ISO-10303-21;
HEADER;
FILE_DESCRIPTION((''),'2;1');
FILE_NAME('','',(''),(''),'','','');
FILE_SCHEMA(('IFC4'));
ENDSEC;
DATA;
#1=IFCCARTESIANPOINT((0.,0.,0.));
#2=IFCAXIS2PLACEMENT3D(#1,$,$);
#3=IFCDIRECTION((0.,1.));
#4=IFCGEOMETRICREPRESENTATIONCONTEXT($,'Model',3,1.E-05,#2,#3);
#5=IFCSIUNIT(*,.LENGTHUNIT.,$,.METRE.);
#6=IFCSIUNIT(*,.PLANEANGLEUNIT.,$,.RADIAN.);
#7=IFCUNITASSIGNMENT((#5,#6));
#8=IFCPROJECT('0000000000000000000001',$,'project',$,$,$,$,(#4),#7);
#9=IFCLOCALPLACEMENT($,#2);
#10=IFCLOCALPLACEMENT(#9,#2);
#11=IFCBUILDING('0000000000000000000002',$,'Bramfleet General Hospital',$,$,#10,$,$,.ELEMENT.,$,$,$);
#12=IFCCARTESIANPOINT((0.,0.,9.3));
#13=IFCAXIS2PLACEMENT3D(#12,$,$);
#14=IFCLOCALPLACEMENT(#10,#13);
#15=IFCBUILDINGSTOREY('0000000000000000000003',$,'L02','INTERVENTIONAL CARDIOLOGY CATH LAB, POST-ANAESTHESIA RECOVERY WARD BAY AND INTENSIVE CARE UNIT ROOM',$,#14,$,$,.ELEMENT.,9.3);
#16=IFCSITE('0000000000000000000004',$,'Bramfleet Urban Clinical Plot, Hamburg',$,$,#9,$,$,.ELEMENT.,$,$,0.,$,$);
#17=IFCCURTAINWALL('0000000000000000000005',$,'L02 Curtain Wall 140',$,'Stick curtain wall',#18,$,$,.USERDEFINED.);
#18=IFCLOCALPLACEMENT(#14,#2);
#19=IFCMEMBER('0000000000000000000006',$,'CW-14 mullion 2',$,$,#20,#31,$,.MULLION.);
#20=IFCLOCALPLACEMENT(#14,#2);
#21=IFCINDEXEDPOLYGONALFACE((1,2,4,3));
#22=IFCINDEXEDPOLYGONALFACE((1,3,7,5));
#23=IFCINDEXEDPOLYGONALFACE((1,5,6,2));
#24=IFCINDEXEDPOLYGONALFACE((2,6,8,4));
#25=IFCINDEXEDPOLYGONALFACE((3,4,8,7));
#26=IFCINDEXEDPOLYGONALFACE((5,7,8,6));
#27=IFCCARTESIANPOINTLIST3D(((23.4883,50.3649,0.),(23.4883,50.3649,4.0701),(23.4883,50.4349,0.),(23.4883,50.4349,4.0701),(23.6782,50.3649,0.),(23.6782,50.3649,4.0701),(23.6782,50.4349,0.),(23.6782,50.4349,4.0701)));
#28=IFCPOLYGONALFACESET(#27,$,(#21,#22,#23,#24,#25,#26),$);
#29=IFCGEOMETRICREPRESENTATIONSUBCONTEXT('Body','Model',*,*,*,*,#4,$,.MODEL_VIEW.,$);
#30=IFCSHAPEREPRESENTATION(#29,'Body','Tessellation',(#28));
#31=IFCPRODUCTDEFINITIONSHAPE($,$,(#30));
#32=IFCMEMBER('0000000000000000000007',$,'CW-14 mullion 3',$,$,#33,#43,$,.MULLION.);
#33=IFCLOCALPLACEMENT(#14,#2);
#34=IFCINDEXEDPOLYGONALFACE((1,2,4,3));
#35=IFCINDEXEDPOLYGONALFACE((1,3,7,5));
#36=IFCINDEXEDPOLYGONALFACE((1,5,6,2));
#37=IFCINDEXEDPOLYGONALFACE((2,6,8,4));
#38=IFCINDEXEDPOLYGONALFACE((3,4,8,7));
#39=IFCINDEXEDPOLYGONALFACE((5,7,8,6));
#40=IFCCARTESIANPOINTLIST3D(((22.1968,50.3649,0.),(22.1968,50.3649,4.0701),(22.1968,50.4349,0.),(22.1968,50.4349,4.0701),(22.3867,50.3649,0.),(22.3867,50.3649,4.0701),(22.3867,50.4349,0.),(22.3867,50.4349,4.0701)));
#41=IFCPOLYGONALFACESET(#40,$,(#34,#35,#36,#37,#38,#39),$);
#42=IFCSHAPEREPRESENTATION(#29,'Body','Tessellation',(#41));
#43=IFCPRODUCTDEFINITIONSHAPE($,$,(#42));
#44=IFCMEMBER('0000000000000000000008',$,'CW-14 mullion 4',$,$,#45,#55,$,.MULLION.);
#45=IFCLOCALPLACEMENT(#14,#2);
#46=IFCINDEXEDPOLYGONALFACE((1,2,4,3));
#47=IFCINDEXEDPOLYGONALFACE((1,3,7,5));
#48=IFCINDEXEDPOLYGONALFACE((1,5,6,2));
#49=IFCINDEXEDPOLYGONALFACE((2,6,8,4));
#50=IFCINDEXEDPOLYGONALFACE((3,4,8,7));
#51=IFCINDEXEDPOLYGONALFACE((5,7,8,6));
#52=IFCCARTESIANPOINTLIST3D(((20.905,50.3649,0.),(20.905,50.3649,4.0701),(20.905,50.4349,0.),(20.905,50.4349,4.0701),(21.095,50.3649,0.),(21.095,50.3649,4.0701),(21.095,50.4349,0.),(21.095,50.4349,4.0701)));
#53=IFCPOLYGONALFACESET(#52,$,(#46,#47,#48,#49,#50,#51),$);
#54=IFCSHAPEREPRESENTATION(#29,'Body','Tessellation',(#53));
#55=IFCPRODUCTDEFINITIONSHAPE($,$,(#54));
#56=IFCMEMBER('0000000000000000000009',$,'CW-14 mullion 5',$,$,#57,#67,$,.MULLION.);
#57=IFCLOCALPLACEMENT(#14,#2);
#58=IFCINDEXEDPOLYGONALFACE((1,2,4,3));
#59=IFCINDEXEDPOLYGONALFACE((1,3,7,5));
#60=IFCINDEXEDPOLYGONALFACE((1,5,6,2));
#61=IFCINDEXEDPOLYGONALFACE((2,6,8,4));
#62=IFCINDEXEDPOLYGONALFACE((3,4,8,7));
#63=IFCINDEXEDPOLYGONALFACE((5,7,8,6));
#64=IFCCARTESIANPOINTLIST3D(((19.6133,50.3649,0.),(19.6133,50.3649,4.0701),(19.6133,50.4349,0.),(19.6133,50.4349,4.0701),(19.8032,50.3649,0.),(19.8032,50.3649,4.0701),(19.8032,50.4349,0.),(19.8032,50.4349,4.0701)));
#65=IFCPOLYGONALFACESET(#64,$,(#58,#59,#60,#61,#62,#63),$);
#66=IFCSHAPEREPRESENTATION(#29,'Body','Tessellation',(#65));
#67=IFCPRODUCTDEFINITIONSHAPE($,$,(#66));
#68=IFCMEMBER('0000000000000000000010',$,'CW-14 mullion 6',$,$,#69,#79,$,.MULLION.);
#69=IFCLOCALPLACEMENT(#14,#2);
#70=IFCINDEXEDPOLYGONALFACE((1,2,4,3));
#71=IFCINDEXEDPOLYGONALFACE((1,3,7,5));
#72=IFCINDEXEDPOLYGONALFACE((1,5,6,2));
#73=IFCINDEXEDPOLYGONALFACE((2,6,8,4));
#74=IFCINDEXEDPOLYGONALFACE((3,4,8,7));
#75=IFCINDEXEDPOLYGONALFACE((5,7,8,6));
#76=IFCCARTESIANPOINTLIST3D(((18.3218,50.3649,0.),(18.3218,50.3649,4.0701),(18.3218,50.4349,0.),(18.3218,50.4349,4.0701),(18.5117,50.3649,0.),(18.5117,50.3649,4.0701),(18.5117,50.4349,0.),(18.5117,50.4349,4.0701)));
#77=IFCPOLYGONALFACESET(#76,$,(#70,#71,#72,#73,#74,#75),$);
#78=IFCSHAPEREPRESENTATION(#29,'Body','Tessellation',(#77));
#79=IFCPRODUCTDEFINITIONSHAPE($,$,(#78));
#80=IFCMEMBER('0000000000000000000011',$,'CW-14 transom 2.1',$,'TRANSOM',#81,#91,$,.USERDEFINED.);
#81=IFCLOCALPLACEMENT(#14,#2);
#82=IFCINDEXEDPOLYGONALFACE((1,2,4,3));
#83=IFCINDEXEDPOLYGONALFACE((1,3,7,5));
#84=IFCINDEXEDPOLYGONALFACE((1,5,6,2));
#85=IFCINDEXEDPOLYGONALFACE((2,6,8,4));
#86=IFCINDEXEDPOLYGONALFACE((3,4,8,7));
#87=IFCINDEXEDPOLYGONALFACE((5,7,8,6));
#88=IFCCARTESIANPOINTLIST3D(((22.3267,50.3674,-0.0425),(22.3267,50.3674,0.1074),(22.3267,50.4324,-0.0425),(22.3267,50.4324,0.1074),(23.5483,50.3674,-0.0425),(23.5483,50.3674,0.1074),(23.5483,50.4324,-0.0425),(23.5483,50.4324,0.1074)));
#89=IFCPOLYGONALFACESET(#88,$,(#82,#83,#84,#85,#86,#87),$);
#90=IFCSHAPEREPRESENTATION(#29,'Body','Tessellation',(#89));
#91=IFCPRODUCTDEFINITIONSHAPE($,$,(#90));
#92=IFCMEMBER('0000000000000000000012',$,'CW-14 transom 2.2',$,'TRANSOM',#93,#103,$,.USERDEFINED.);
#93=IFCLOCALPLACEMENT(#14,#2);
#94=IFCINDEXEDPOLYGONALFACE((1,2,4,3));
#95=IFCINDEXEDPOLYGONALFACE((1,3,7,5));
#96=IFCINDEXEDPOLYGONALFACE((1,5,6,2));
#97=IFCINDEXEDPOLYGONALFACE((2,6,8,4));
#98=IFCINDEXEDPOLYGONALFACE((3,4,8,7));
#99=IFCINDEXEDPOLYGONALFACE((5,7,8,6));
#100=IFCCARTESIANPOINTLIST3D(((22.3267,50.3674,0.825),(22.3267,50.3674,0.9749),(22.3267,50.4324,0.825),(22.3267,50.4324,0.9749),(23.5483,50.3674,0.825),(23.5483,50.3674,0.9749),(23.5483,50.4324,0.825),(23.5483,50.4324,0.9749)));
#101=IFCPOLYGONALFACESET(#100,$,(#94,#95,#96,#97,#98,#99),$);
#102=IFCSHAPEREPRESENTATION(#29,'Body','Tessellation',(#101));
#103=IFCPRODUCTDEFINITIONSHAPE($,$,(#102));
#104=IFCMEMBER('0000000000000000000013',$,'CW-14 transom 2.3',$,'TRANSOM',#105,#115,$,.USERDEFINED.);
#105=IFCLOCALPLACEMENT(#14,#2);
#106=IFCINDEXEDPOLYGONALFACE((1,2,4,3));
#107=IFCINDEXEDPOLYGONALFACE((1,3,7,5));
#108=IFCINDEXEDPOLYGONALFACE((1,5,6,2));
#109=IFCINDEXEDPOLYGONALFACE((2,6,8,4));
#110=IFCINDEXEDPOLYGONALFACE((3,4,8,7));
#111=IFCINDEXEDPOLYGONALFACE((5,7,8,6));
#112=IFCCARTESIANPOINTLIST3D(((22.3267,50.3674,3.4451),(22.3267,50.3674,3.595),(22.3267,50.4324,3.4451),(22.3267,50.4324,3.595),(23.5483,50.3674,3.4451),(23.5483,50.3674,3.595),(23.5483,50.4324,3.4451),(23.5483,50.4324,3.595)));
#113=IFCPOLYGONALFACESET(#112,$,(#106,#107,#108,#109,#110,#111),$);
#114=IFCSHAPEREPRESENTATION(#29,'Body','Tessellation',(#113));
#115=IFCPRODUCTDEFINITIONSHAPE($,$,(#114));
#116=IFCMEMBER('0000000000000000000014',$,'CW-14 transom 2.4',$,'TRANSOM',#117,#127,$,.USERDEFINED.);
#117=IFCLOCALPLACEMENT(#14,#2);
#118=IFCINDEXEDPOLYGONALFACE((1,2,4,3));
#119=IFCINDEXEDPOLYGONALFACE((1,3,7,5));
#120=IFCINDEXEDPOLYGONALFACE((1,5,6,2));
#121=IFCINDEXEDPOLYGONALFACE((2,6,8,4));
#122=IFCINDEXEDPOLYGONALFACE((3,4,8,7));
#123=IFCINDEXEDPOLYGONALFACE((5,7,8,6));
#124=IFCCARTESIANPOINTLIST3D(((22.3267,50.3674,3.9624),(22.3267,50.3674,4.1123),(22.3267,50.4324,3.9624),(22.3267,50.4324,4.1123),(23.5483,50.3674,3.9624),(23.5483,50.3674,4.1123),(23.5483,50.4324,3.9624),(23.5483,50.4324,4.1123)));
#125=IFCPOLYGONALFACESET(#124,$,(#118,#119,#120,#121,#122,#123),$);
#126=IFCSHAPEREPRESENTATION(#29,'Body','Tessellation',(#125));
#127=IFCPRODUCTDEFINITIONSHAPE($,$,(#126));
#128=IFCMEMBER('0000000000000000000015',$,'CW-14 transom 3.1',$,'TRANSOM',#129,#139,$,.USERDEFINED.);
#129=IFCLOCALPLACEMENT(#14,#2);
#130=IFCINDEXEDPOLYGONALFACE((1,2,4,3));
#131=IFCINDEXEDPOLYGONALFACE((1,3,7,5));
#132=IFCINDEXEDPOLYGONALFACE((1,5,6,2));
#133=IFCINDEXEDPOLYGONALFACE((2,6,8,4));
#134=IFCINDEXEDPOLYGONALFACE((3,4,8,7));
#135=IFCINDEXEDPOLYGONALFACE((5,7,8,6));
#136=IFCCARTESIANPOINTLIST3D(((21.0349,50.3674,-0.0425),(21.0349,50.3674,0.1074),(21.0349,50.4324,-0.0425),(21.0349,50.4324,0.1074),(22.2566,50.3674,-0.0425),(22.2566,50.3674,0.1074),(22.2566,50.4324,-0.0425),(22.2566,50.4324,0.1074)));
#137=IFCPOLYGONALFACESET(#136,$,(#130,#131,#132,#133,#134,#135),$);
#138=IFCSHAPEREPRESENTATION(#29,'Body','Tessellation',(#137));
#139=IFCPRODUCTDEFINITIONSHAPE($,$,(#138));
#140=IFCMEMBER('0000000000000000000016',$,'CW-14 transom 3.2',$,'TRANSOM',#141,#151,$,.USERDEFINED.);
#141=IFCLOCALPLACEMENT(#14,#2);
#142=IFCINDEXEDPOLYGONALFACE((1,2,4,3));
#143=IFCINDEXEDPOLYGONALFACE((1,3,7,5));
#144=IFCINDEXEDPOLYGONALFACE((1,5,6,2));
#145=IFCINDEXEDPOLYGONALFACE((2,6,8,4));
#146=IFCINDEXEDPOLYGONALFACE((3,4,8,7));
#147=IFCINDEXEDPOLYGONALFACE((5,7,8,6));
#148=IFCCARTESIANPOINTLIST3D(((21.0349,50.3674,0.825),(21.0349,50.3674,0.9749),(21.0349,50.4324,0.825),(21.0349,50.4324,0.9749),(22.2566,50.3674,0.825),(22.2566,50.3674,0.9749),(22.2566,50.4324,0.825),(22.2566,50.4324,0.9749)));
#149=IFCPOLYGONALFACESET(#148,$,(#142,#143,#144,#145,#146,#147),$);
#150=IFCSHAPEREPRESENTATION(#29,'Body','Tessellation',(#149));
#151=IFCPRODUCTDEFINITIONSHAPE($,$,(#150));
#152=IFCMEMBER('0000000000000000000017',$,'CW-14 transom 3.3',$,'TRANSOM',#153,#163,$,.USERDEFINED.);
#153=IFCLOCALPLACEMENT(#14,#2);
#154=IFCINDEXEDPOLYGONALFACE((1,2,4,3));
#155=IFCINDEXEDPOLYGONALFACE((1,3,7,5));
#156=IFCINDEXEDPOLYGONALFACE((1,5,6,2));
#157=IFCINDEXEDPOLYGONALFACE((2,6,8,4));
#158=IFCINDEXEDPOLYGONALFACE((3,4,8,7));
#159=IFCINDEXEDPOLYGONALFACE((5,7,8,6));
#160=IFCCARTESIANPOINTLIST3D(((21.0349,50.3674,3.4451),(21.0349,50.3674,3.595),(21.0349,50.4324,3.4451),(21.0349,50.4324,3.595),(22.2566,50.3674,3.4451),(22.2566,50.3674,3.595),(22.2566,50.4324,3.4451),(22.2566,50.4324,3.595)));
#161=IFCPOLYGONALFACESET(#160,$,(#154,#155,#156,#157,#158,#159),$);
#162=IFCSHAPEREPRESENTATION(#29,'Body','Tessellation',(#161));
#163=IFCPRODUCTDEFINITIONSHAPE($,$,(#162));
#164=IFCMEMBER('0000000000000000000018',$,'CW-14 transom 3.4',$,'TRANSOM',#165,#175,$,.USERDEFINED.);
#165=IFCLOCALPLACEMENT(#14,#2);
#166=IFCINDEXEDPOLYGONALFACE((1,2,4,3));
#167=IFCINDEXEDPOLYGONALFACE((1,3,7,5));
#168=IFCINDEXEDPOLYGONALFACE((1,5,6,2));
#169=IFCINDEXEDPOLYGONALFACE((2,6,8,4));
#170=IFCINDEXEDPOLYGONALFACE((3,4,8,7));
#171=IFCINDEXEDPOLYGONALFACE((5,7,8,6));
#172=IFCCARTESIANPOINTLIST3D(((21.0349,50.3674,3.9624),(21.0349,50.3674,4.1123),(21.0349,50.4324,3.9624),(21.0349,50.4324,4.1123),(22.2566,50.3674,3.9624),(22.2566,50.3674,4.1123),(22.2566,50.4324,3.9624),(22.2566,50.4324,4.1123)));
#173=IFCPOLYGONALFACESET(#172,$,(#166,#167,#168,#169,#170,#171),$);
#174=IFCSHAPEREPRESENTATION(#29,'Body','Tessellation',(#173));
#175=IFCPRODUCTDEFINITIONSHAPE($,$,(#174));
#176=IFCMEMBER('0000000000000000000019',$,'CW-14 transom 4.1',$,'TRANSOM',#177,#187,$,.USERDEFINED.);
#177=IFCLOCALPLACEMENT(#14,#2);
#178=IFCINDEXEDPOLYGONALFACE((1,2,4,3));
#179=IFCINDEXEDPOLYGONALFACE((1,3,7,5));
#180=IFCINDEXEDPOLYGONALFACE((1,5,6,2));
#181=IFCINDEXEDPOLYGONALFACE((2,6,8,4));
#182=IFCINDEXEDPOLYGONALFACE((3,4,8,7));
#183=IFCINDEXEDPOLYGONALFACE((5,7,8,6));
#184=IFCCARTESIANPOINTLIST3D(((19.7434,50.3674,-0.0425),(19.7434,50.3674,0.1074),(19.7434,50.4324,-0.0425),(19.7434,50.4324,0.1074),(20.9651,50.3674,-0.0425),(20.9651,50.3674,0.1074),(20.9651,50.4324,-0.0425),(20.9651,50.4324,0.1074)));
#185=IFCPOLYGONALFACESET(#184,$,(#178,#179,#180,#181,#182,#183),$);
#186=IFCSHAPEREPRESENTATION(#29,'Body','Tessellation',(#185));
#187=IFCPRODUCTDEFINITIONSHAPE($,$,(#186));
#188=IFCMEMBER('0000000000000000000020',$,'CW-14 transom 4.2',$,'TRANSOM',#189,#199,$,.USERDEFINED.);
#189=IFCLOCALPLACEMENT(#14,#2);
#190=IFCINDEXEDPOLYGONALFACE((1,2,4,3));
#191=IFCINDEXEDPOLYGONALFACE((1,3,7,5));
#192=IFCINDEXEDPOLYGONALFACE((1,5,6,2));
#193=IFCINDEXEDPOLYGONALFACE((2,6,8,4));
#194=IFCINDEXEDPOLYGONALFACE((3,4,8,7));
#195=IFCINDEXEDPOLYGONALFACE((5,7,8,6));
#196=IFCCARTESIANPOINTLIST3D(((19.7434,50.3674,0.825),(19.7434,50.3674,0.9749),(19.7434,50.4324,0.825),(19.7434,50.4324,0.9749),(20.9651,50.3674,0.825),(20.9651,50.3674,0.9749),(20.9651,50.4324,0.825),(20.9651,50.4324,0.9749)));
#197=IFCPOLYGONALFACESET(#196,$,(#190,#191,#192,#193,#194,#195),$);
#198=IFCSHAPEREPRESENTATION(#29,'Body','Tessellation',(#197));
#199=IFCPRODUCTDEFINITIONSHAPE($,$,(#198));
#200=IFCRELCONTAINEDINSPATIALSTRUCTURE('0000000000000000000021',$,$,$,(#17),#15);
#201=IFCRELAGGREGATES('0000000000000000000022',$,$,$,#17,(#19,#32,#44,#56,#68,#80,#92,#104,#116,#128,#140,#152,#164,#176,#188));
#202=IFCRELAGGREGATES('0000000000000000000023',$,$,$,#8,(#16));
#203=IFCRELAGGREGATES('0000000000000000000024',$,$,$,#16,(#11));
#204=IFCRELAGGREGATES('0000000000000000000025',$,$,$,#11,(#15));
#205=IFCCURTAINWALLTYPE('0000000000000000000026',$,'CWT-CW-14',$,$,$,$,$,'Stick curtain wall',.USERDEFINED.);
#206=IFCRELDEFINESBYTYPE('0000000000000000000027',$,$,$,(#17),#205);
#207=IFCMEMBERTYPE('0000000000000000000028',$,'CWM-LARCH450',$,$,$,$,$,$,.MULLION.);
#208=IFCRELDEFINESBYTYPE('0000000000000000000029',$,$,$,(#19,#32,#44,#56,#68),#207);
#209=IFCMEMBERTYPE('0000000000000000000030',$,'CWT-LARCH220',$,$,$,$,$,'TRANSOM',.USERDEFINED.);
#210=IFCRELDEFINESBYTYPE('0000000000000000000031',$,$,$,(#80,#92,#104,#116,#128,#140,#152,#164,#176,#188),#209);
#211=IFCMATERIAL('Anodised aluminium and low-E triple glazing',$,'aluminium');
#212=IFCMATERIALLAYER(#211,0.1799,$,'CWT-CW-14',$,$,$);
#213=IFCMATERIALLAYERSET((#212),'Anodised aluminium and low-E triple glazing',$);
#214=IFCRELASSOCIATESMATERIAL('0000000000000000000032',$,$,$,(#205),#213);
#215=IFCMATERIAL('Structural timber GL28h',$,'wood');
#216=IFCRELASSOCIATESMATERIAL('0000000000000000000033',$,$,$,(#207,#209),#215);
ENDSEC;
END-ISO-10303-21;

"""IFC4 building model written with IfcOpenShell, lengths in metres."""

from ifc_helpers import new_model, si_unit, direction, frame, origin, origin_2d, place, context, subcontext, project, spatial, rectangle, extrude, material, layer, layer_set, material_profile, profile_set, type_object, element, aggregate, save


model = new_model("IFC4")

# Units and contexts
model_context = context("Model", 3, precision=1e-05, world=origin(), true_north=direction((0.0, 1.0)))
body_context = subcontext(model_context, "Body", "Model", "MODEL_VIEW")
ifc_project = project(units=[si_unit("LENGTHUNIT", "METRE"), si_unit("PLANEANGLEUNIT", "RADIAN")], contexts=[model_context])

# Site, building, storey
site_placement = place(None, origin())
site = spatial("IfcSite", under=ifc_project, at=site_placement, Name="Bramfleet Urban Clinical Plot, Hamburg", CompositionType="ELEMENT", RefElevation=0.0)
building_placement = place(site_placement, origin())
building = spatial("IfcBuilding", under=site, at=building_placement, Name="Bramfleet General Hospital", CompositionType="ELEMENT")
storey_placement = place(building_placement, frame((0.0, 0.0, 9.3)))
storey = spatial("IfcBuildingStorey", under=building, at=storey_placement, Name="L02", Description="INTERVENTIONAL CARDIOLOGY CATH LAB, POST-ANAESTHESIA RECOVERY WARD BAY AND INTENSIVE CARE UNIT ROOM", CompositionType="ELEMENT", Elevation=9.3)

# Curtain wall, members
ifc_material_1 = material(Name="Anodised aluminium and low-E triple glazing", Category="aluminium")
ifc_layer_1 = layer(ifc_material_1, 0.1799, Name="CWT-CW-14")
ifc_layer_set_1 = layer_set([ifc_layer_1], Name="Anodised aluminium and low-E triple glazing")
curtain_wall_type = type_object("IfcCurtainWallType", Name="CWT-CW-14", ElementType="Stick curtain wall", PredefinedType="USERDEFINED", material=ifc_layer_set_1)
curtain_wall_placement = place(storey_placement, origin())
curtain_wall = element("IfcCurtainWall", 1, at=curtain_wall_placement, inside=storey, type_object=curtain_wall_type, Name="L02 Curtain Wall 140", ObjectType="Stick curtain wall", PredefinedType="USERDEFINED")
ifc_material_2 = material(Name="Structural timber GL28h", Category="wood")
ifc_material_profile_1 = material_profile(ifc_material_2, rectangle(XDim=0.0701, YDim=0.1899, at=origin_2d()), Name="LARCH 190x70")
ifc_profile_set_1 = profile_set([ifc_material_profile_1], Name="Structural timber GL28h")
member_type_1 = type_object("IfcMemberType", Name="CWM-LARCH450", PredefinedType="MULLION", material=ifc_profile_set_1)
member_1_placement = place(storey_placement, frame((23.5833, 50.3999, 0.0), z_axis=(0.0, 0.0, 1.0), x_axis=(0.0, -1.0, 0.0)))
member_1 = element("IfcMember", 2, at=member_1_placement, type_object=member_type_1, Name="CW-14 mullion 2", PredefinedType="MULLION", context=body_context, shape_type="SweptSolid", body=[
    extrude(rectangle(XDim=0.0701, YDim=0.1899, at=origin_2d()), origin(), (0.0, 0.0, 1.0), 4.0701),
])
member_2_placement = place(storey_placement, frame((22.2917, 50.3999, 0.0), z_axis=(0.0, 0.0, 1.0), x_axis=(0.0, -1.0, 0.0)))
member_2 = element("IfcMember", 3, at=member_2_placement, type_object=member_type_1, Name="CW-14 mullion 3", PredefinedType="MULLION", context=body_context, shape_type="SweptSolid", body=[
    extrude(rectangle(XDim=0.0701, YDim=0.1899, at=origin_2d()), origin(), (0.0, 0.0, 1.0), 4.0701),
])
member_3_placement = place(storey_placement, frame((21.0, 50.3999, 0.0), z_axis=(0.0, 0.0, 1.0), x_axis=(0.0, -1.0, 0.0)))
member_3 = element("IfcMember", 4, at=member_3_placement, type_object=member_type_1, Name="CW-14 mullion 4", PredefinedType="MULLION", context=body_context, shape_type="SweptSolid", body=[
    extrude(rectangle(XDim=0.0701, YDim=0.1899, at=origin_2d()), origin(), (0.0, 0.0, 1.0), 4.0701),
])
member_4_placement = place(storey_placement, frame((19.7083, 50.3999, 0.0), z_axis=(0.0, 0.0, 1.0), x_axis=(0.0, -1.0, 0.0)))
member_4 = element("IfcMember", 5, at=member_4_placement, type_object=member_type_1, Name="CW-14 mullion 5", PredefinedType="MULLION", context=body_context, shape_type="SweptSolid", body=[
    extrude(rectangle(XDim=0.0701, YDim=0.1899, at=origin_2d()), origin(), (0.0, 0.0, 1.0), 4.0701),
])
member_5_placement = place(storey_placement, frame((18.4167, 50.3999, 0.0), z_axis=(0.0, 0.0, 1.0), x_axis=(0.0, -1.0, 0.0)))
member_5 = element("IfcMember", 6, at=member_5_placement, type_object=member_type_1, Name="CW-14 mullion 6", PredefinedType="MULLION", context=body_context, shape_type="SweptSolid", body=[
    extrude(rectangle(XDim=0.0701, YDim=0.1899, at=origin_2d()), origin(), (0.0, 0.0, 1.0), 4.0701),
])
ifc_material_profile_2 = material_profile(ifc_material_2, rectangle(XDim=0.0649, YDim=0.1499, at=origin_2d()), Name="LARCH 150x65")
ifc_profile_set_2 = profile_set([ifc_material_profile_2], Name="Structural timber GL28h")
member_type_2 = type_object("IfcMemberType", Name="CWT-LARCH220", ElementType="TRANSOM", PredefinedType="USERDEFINED", material=ifc_profile_set_2)
member_6_placement = place(storey_placement, frame((23.5483, 50.3999, 0.0325), z_axis=(-1.0, 0.0, 0.0), x_axis=(0.0, -1.0, 0.0)))
member_6 = element("IfcMember", 7, at=member_6_placement, type_object=member_type_2, Name="CW-14 transom 2.1", ObjectType="TRANSOM", PredefinedType="USERDEFINED", context=body_context, shape_type="SweptSolid", body=[
    extrude(rectangle(XDim=0.0649, YDim=0.1499, at=origin_2d()), origin(), (0.0, 0.0, 1.0), 1.2217),
])
member_7_placement = place(storey_placement, frame((23.5483, 50.3999, 0.8999), z_axis=(-1.0, 0.0, 0.0), x_axis=(0.0, -1.0, 0.0)))
member_7 = element("IfcMember", 8, at=member_7_placement, type_object=member_type_2, Name="CW-14 transom 2.2", ObjectType="TRANSOM", PredefinedType="USERDEFINED", context=body_context, shape_type="SweptSolid", body=[
    extrude(rectangle(XDim=0.0649, YDim=0.1499, at=origin_2d()), origin(), (0.0, 0.0, 1.0), 1.2217),
])
member_8_placement = place(storey_placement, frame((23.5483, 50.3999, 3.52), z_axis=(-1.0, 0.0, 0.0), x_axis=(0.0, -1.0, 0.0)))
member_8 = element("IfcMember", 9, at=member_8_placement, type_object=member_type_2, Name="CW-14 transom 2.3", ObjectType="TRANSOM", PredefinedType="USERDEFINED", context=body_context, shape_type="SweptSolid", body=[
    extrude(rectangle(XDim=0.0649, YDim=0.1499, at=origin_2d()), origin(), (0.0, 0.0, 1.0), 1.2217),
])
member_9_placement = place(storey_placement, frame((23.5483, 50.3999, 4.0374), z_axis=(-1.0, 0.0, 0.0), x_axis=(0.0, -1.0, 0.0)))
member_9 = element("IfcMember", 10, at=member_9_placement, type_object=member_type_2, Name="CW-14 transom 2.4", ObjectType="TRANSOM", PredefinedType="USERDEFINED", context=body_context, shape_type="SweptSolid", body=[
    extrude(rectangle(XDim=0.0649, YDim=0.1499, at=origin_2d()), origin(), (0.0, 0.0, 1.0), 1.2217),
])
member_10_placement = place(storey_placement, frame((22.2566, 50.3999, 0.0325), z_axis=(-1.0, 0.0, 0.0), x_axis=(0.0, -1.0, 0.0)))
member_10 = element("IfcMember", 11, at=member_10_placement, type_object=member_type_2, Name="CW-14 transom 3.1", ObjectType="TRANSOM", PredefinedType="USERDEFINED", context=body_context, shape_type="SweptSolid", body=[
    extrude(rectangle(XDim=0.0649, YDim=0.1499, at=origin_2d()), origin(), (0.0, 0.0, 1.0), 1.2217),
])
member_11_placement = place(storey_placement, frame((22.2566, 50.3999, 0.8999), z_axis=(-1.0, 0.0, 0.0), x_axis=(0.0, -1.0, 0.0)))
member_11 = element("IfcMember", 12, at=member_11_placement, type_object=member_type_2, Name="CW-14 transom 3.2", ObjectType="TRANSOM", PredefinedType="USERDEFINED", context=body_context, shape_type="SweptSolid", body=[
    extrude(rectangle(XDim=0.0649, YDim=0.1499, at=origin_2d()), origin(), (0.0, 0.0, 1.0), 1.2217),
])
member_12_placement = place(storey_placement, frame((22.2566, 50.3999, 3.52), z_axis=(-1.0, 0.0, 0.0), x_axis=(0.0, -1.0, 0.0)))
member_12 = element("IfcMember", 13, at=member_12_placement, type_object=member_type_2, Name="CW-14 transom 3.3", ObjectType="TRANSOM", PredefinedType="USERDEFINED", context=body_context, shape_type="SweptSolid", body=[
    extrude(rectangle(XDim=0.0649, YDim=0.1499, at=origin_2d()), origin(), (0.0, 0.0, 1.0), 1.2217),
])
member_13_placement = place(storey_placement, frame((22.2566, 50.3999, 4.0374), z_axis=(-1.0, 0.0, 0.0), x_axis=(0.0, -1.0, 0.0)))
member_13 = element("IfcMember", 14, at=member_13_placement, type_object=member_type_2, Name="CW-14 transom 3.4", ObjectType="TRANSOM", PredefinedType="USERDEFINED", context=body_context, shape_type="SweptSolid", body=[
    extrude(rectangle(XDim=0.0649, YDim=0.1499, at=origin_2d()), origin(), (0.0, 0.0, 1.0), 1.2217),
])
member_14_placement = place(storey_placement, frame((20.9651, 50.3999, 0.0325), z_axis=(-1.0, 0.0, 0.0), x_axis=(0.0, -1.0, 0.0)))
member_14 = element("IfcMember", 15, at=member_14_placement, type_object=member_type_2, Name="CW-14 transom 4.1", ObjectType="TRANSOM", PredefinedType="USERDEFINED", context=body_context, shape_type="SweptSolid", body=[
    extrude(rectangle(XDim=0.0649, YDim=0.1499, at=origin_2d()), origin(), (0.0, 0.0, 1.0), 1.2217),
])
member_15_placement = place(storey_placement, frame((20.9651, 50.3999, 0.8999), z_axis=(-1.0, 0.0, 0.0), x_axis=(0.0, -1.0, 0.0)))
member_15 = element("IfcMember", 16, at=member_15_placement, type_object=member_type_2, Name="CW-14 transom 4.2", ObjectType="TRANSOM", PredefinedType="USERDEFINED", context=body_context, shape_type="SweptSolid", body=[
    extrude(rectangle(XDim=0.0649, YDim=0.1499, at=origin_2d()), origin(), (0.0, 0.0, 1.0), 1.2217),
])
aggregate(curtain_wall, [member_1, member_2, member_3, member_4, member_5, member_6, member_7, member_8, member_9, member_10, member_11, member_12, member_13, member_14, member_15])

save(model, "model.ifc")
